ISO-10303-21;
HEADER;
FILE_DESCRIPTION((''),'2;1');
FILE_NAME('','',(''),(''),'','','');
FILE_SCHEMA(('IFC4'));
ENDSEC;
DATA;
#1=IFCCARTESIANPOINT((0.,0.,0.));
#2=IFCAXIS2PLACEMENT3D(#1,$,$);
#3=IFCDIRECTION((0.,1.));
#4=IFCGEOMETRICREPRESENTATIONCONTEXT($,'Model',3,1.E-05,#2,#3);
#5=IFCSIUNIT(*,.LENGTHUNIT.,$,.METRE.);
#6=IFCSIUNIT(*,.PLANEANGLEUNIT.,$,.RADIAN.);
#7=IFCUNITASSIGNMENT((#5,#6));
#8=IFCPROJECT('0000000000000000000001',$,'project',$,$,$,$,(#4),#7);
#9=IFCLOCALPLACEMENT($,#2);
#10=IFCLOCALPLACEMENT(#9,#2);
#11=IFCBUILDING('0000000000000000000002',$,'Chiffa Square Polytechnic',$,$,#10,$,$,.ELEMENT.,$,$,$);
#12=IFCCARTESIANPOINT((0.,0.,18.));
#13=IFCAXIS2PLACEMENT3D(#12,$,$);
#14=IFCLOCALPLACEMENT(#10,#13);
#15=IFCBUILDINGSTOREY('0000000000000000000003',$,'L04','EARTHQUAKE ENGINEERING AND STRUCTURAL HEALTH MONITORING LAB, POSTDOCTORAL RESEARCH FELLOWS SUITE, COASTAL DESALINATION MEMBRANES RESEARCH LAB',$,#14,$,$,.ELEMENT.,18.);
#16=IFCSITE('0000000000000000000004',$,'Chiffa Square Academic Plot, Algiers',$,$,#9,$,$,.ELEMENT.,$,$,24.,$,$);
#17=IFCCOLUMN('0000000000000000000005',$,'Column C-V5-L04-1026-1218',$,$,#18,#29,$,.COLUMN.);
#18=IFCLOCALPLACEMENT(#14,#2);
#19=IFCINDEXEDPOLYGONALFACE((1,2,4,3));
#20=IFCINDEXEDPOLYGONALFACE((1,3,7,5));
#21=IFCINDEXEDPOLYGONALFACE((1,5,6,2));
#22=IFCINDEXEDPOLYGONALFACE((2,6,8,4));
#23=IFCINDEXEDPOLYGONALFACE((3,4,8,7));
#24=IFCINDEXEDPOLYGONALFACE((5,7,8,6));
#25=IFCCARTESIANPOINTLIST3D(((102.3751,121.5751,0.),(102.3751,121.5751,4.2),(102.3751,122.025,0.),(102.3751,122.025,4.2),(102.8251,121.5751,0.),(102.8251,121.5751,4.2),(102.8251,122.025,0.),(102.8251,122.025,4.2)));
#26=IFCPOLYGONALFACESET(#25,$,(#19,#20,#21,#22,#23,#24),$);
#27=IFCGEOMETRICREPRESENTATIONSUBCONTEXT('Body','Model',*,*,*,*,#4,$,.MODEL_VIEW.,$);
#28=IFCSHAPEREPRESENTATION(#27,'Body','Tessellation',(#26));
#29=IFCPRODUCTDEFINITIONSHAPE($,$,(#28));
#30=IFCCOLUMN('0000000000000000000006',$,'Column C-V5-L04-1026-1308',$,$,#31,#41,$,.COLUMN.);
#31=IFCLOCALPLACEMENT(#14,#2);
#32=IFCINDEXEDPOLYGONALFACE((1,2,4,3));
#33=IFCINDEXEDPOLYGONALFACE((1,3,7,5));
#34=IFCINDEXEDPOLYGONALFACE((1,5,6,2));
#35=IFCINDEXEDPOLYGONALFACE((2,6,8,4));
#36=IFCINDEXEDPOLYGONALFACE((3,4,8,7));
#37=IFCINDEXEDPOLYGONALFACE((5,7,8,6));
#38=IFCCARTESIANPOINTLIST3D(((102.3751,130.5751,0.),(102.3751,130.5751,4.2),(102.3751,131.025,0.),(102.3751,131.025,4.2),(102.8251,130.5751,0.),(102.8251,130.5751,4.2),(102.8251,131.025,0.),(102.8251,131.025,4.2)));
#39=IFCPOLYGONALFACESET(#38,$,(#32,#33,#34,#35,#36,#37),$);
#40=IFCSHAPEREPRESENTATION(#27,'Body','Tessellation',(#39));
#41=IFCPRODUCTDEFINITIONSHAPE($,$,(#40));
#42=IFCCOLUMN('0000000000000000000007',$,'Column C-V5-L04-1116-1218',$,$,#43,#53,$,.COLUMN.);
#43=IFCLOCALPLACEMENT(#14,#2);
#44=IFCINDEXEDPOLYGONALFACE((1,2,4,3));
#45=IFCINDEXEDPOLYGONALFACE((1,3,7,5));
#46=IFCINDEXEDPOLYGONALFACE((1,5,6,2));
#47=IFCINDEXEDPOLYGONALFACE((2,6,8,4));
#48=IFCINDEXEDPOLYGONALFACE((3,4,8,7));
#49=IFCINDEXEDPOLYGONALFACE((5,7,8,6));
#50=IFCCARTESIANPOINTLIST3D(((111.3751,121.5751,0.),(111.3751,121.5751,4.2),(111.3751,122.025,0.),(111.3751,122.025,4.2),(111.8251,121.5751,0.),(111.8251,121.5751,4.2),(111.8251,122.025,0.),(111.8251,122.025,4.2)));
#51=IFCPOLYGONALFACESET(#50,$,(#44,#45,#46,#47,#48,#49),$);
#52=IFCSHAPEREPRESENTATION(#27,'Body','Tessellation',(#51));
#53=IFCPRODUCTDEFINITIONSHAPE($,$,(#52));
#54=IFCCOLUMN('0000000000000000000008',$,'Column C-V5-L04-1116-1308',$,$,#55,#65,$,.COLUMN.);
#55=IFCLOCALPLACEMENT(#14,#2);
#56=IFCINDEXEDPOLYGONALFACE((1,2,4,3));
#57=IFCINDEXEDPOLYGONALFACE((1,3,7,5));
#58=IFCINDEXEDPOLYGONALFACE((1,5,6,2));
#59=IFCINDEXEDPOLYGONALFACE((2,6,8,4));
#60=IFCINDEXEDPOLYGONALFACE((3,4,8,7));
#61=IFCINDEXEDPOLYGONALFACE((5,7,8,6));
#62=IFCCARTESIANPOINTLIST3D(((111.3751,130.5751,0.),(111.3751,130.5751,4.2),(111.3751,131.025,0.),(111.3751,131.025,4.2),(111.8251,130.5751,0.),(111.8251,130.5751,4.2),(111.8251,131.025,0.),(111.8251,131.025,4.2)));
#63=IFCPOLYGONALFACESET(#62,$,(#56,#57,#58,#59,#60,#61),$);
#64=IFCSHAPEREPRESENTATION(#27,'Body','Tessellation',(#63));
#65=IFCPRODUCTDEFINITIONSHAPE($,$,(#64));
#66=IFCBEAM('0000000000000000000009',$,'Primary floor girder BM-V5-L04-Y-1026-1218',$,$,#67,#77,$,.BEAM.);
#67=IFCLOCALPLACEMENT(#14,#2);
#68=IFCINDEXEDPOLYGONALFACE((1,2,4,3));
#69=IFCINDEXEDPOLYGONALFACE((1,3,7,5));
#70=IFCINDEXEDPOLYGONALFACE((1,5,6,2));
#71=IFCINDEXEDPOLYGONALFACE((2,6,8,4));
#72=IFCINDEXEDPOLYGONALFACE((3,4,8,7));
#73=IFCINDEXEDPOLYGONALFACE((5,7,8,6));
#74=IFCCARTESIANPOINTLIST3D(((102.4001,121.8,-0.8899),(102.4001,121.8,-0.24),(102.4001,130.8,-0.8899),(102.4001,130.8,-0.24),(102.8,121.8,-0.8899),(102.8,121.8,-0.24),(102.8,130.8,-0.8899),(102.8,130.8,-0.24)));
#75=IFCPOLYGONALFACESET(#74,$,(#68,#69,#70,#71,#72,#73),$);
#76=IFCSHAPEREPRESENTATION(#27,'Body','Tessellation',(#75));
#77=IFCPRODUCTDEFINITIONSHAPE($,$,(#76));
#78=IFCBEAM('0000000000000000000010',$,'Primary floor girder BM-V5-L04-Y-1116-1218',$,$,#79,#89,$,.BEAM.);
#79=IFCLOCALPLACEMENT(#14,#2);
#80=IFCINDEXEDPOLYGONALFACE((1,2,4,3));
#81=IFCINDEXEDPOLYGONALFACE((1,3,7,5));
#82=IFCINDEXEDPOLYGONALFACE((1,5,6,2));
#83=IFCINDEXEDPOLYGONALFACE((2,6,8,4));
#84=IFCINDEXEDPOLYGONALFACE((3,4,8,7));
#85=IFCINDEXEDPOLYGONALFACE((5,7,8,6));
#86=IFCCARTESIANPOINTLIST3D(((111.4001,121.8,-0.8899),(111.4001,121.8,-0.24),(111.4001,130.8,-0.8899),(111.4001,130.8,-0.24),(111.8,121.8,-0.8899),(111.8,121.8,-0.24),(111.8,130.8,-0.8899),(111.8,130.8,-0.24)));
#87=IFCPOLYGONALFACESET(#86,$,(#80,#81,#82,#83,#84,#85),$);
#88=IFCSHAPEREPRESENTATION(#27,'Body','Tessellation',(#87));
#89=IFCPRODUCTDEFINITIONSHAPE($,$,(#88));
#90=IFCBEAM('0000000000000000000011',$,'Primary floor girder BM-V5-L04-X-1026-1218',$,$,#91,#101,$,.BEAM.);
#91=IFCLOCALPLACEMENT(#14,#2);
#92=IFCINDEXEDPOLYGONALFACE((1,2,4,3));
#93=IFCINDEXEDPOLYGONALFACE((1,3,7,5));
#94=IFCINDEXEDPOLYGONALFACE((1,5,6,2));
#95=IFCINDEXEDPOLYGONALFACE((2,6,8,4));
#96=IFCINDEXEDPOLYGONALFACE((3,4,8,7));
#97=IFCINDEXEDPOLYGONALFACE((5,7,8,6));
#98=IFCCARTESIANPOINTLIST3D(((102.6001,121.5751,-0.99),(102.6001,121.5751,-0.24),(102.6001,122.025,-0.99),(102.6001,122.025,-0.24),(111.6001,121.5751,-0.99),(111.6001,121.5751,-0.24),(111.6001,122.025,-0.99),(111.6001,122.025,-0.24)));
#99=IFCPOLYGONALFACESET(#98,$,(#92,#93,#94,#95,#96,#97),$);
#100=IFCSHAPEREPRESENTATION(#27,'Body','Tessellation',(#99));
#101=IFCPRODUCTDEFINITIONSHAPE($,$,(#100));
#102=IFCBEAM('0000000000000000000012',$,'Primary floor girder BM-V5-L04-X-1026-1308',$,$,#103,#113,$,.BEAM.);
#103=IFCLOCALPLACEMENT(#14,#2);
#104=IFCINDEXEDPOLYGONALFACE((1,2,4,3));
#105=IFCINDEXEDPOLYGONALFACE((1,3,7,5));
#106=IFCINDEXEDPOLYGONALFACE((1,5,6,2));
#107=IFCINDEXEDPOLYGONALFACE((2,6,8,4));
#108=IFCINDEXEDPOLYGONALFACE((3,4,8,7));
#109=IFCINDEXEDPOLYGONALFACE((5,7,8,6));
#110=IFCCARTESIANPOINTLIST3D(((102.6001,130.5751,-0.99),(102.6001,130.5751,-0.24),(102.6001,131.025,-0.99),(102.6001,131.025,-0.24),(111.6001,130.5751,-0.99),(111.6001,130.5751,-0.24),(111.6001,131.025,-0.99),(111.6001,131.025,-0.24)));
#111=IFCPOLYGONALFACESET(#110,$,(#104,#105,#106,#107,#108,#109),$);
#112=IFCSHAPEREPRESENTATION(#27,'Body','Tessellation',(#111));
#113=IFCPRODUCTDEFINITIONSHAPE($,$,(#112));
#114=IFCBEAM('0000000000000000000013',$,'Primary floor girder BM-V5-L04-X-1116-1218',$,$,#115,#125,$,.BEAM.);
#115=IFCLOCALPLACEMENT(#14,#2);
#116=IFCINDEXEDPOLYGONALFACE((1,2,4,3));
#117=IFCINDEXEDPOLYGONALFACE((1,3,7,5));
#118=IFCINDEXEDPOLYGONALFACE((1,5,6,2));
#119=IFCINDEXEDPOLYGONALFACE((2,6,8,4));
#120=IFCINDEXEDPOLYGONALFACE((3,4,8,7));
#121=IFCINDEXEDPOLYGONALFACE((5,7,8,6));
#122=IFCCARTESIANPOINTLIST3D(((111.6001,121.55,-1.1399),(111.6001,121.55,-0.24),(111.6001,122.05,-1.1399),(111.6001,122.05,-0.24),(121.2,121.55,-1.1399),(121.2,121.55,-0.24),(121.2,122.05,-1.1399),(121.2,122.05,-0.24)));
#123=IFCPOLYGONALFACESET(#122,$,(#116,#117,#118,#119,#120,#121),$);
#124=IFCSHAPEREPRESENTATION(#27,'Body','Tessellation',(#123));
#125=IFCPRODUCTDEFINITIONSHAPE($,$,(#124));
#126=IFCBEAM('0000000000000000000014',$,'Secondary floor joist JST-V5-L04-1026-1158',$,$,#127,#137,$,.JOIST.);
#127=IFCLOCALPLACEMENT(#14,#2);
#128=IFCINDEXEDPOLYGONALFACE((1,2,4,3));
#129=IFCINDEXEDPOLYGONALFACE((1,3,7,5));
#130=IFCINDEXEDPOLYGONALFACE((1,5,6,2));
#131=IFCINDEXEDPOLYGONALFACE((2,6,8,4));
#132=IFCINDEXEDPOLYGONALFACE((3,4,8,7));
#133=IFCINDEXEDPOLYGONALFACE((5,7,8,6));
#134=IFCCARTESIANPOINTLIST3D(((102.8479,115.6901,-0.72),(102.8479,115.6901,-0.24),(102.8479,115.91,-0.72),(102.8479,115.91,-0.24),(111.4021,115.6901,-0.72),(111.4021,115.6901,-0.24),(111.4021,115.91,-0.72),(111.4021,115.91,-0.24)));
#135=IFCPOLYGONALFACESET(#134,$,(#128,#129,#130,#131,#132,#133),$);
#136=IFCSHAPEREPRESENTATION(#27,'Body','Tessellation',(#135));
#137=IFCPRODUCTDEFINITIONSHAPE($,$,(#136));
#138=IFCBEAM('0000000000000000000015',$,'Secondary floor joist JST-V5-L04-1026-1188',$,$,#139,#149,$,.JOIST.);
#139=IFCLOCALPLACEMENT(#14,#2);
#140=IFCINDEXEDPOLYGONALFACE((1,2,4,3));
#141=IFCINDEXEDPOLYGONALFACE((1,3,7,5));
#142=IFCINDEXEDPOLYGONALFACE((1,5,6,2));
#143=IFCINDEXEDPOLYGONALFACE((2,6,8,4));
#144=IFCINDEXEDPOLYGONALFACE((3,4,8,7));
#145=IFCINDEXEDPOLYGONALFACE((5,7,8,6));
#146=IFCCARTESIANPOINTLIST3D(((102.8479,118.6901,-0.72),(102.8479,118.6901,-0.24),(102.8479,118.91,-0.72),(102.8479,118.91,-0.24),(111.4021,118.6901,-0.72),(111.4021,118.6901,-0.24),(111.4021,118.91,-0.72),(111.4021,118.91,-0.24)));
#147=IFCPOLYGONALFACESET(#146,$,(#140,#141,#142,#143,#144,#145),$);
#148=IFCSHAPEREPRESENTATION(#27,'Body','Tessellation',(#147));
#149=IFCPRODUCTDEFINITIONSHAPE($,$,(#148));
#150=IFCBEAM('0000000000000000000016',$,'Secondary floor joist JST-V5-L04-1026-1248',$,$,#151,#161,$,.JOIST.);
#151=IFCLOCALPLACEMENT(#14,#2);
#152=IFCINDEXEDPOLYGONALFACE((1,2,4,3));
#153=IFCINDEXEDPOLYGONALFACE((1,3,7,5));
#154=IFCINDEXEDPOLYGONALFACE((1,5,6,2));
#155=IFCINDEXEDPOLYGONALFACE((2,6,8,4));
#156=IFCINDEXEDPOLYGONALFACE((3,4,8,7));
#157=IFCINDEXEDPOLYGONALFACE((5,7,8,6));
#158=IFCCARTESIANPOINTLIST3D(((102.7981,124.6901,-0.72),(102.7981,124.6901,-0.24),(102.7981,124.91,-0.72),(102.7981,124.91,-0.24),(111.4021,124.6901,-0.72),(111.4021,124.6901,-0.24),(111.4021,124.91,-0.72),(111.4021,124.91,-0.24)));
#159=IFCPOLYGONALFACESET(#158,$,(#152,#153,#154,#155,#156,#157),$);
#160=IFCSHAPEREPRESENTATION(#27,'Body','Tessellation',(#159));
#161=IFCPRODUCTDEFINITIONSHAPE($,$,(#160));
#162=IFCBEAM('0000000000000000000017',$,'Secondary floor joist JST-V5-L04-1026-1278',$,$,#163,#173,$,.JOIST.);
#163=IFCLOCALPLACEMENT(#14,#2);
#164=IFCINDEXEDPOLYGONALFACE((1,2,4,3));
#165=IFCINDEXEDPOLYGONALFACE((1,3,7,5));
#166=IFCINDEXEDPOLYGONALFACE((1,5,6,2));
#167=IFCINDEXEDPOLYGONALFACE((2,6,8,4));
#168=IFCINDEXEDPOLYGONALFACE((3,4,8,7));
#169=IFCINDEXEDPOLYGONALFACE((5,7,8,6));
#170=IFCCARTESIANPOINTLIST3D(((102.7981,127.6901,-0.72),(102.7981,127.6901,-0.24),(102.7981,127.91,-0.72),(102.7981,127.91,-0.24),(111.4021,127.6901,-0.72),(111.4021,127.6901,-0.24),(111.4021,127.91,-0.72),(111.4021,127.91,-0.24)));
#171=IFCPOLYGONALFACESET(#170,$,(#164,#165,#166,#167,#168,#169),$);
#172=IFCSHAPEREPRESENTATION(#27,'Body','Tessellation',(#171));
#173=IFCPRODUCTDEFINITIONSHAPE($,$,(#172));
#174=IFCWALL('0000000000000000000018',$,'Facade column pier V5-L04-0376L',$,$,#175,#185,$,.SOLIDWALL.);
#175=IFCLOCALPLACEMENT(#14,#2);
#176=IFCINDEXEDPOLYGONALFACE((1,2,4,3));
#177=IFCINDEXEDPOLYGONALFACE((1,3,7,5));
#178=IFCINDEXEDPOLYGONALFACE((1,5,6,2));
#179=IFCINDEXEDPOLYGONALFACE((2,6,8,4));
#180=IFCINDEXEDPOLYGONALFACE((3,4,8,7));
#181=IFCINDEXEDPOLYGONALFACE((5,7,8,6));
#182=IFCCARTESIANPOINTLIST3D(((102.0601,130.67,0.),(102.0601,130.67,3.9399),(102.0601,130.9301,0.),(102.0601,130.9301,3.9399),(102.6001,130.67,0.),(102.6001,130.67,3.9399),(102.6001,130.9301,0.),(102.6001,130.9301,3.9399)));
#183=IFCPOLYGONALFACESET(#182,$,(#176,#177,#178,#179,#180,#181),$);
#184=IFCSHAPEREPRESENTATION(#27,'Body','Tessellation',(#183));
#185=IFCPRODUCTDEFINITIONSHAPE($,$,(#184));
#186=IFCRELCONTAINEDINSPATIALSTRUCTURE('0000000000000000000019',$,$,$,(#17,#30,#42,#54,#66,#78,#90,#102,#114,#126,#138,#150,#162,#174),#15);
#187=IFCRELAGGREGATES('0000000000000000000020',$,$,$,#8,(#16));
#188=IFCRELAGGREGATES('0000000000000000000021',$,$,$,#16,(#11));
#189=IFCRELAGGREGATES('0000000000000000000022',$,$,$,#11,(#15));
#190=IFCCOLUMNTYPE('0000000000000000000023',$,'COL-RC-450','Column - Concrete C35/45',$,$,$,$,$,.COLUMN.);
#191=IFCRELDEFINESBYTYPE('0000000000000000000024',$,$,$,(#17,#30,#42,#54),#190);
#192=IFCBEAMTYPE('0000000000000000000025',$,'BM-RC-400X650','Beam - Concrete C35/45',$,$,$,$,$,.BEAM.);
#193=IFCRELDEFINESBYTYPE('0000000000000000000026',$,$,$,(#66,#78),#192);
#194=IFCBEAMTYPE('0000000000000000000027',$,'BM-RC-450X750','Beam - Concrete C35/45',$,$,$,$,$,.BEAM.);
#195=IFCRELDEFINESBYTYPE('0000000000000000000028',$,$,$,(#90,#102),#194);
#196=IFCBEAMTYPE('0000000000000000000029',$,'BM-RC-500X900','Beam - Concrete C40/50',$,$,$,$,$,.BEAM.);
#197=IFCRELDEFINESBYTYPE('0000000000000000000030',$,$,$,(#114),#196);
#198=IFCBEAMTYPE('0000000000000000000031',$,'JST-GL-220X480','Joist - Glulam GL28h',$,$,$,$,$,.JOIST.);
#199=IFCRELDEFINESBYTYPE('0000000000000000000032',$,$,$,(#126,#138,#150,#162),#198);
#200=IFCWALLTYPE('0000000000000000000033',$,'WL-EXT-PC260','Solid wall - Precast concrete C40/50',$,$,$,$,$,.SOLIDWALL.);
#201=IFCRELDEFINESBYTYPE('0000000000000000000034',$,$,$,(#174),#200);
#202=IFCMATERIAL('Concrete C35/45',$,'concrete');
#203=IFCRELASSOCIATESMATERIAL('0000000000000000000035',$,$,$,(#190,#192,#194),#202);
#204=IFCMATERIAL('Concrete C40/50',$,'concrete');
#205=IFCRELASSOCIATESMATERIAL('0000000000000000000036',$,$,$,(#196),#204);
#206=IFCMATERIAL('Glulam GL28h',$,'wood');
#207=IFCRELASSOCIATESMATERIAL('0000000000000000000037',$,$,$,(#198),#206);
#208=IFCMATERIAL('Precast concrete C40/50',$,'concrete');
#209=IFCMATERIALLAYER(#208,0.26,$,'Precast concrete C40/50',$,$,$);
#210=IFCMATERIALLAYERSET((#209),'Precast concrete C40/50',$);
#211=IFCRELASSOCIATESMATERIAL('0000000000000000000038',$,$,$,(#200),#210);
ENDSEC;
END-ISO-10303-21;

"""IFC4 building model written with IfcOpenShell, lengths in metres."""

from ifc_helpers import new_model, si_unit, direction, frame, frame_2d, origin, origin_2d, place, context, subcontext, project, spatial, rectangle, extrude, material, layer, layer_set, material_profile, profile_set, type_object, element, save


model = new_model("IFC4")

# Units and contexts
model_context = context("Model", 3, precision=1e-05, world=origin(), true_north=direction((0.0, 1.0)))
body_context = subcontext(model_context, "Body", "Model", "MODEL_VIEW")
ifc_project = project(units=[si_unit("LENGTHUNIT", "METRE"), si_unit("PLANEANGLEUNIT", "RADIAN")], contexts=[model_context])

# Site, building, storey
site_placement = place(None, origin())
site = spatial("IfcSite", under=ifc_project, at=site_placement, Name="Chiffa Square Academic Plot, Algiers", CompositionType="ELEMENT", RefElevation=24.0)
building_placement = place(site_placement, origin())
building = spatial("IfcBuilding", under=site, at=building_placement, Name="Chiffa Square Polytechnic", CompositionType="ELEMENT")
storey_placement = place(building_placement, frame((0.0, 0.0, 18.0)))
storey = spatial("IfcBuildingStorey", under=building, at=storey_placement, Name="L04", Description="EARTHQUAKE ENGINEERING AND STRUCTURAL HEALTH MONITORING LAB, POSTDOCTORAL RESEARCH FELLOWS SUITE, COASTAL DESALINATION MEMBRANES RESEARCH LAB", CompositionType="ELEMENT", Elevation=18.0)

# Columns
ifc_material_1 = material(Name="Concrete C35/45", Category="concrete")
ifc_material_profile_1 = material_profile(ifc_material_1, rectangle(XDim=0.45, YDim=0.45, at=origin_2d()), Name="RC 450x450")
ifc_profile_set_1 = profile_set([ifc_material_profile_1], Name="Concrete C35/45")
column_type = type_object("IfcColumnType", Name="COL-RC-450", Description="Column - Concrete C35/45", PredefinedType="COLUMN", material=ifc_profile_set_1)
for number, where, z_axis, x_axis, name in (
    (1, (102.6001, 121.8, 0.0), (0.0, 0.0, 1.0), (1.0, 0.0, 0.0), "Column C-V5-L04-1026-1218"),
    (2, (102.6001, 130.8, 0.0), (0.0, 0.0, 1.0), (1.0, 0.0, 0.0), "Column C-V5-L04-1026-1308"),
    (3, (111.6001, 121.8, 0.0), (0.0, 0.0, 1.0), (1.0, 0.0, 0.0), "Column C-V5-L04-1116-1218"),
    (4, (111.6001, 130.8, 0.0), (0.0, 0.0, 1.0), (1.0, 0.0, 0.0), "Column C-V5-L04-1116-1308"),
):
    element("IfcColumn", number, at=place(storey_placement, frame(where, z_axis=z_axis, x_axis=x_axis)), inside=storey, type_object=column_type, Name=name, PredefinedType="COLUMN", context=body_context, shape_type="SweptSolid", body=[
        extrude(rectangle(XDim=0.45, YDim=0.45, at=origin_2d()), origin(), (0.0, 0.0, 1.0), 4.2),
    ])

# Beams
ifc_material_profile_2 = material_profile(ifc_material_1, rectangle(XDim=0.3999, YDim=0.6499, at=origin_2d()), Name="RC 400x650")
ifc_profile_set_2 = profile_set([ifc_material_profile_2], Name="Concrete C35/45")
beam_type_1 = type_object("IfcBeamType", Name="BM-RC-400X650", Description="Beam - Concrete C35/45", PredefinedType="BEAM", material=ifc_profile_set_2)
for number, where, z_axis, x_axis, name in (
    (5, (102.6001, 121.8, -0.5649), (0.0, 1.0, 0.0), (-1.0, 0.0, 0.0), "Primary floor girder BM-V5-L04-Y-1026-1218"),
    (6, (111.6001, 121.8, -0.5649), (0.0, 1.0, 0.0), (-1.0, 0.0, 0.0), "Primary floor girder BM-V5-L04-Y-1116-1218"),
):
    element("IfcBeam", number, at=place(storey_placement, frame(where, z_axis=z_axis, x_axis=x_axis)), inside=storey, type_object=beam_type_1, Name=name, PredefinedType="BEAM", context=body_context, shape_type="SweptSolid", body=[
        extrude(rectangle(XDim=0.3999, YDim=0.6499, at=origin_2d()), origin(), (0.0, 0.0, 1.0), 9.0),
    ])
ifc_material_profile_3 = material_profile(ifc_material_1, rectangle(XDim=0.45, YDim=0.75, at=origin_2d()), Name="RC 450x750")
ifc_profile_set_3 = profile_set([ifc_material_profile_3], Name="Concrete C35/45")
beam_type_2 = type_object("IfcBeamType", Name="BM-RC-450X750", Description="Beam - Concrete C35/45", PredefinedType="BEAM", material=ifc_profile_set_3)
for number, where, z_axis, x_axis, name in (
    (7, (102.6001, 121.8, -0.615), (1.0, 0.0, 0.0), (0.0, 1.0, 0.0), "Primary floor girder BM-V5-L04-X-1026-1218"),
    (8, (102.6001, 130.8, -0.615), (1.0, 0.0, 0.0), (0.0, 1.0, 0.0), "Primary floor girder BM-V5-L04-X-1026-1308"),
):
    element("IfcBeam", number, at=place(storey_placement, frame(where, z_axis=z_axis, x_axis=x_axis)), inside=storey, type_object=beam_type_2, Name=name, PredefinedType="BEAM", context=body_context, shape_type="SweptSolid", body=[
        extrude(rectangle(XDim=0.45, YDim=0.75, at=origin_2d()), origin(), (0.0, 0.0, 1.0), 9.0),
    ])
ifc_material_2 = material(Name="Concrete C40/50", Category="concrete")
ifc_material_profile_4 = material_profile(ifc_material_2, rectangle(XDim=0.5, YDim=0.8999, at=origin_2d()), Name="RC 500x900")
ifc_profile_set_4 = profile_set([ifc_material_profile_4], Name="Concrete C40/50")
beam_type_3 = type_object("IfcBeamType", Name="BM-RC-500X900", Description="Beam - Concrete C40/50", PredefinedType="BEAM", material=ifc_profile_set_4)
beam_placement = place(storey_placement, frame((111.6001, 121.8, -0.6899), z_axis=(1.0, 0.0, 0.0), x_axis=(0.0, 1.0, 0.0)))
element("IfcBeam", 9, at=beam_placement, inside=storey, type_object=beam_type_3, Name="Primary floor girder BM-V5-L04-X-1116-1218", PredefinedType="BEAM", context=body_context, shape_type="SweptSolid", body=[
    extrude(rectangle(XDim=0.5, YDim=0.8999, at=origin_2d()), origin(), (0.0, 0.0, 1.0), 9.5999),
])
ifc_material_3 = material(Name="Glulam GL28h", Category="wood")
ifc_material_profile_5 = material_profile(ifc_material_3, rectangle(XDim=0.22, YDim=0.48, at=origin_2d()), Name="GL28h 220x480")
ifc_profile_set_5 = profile_set([ifc_material_profile_5], Name="Glulam GL28h")
beam_type_4 = type_object("IfcBeamType", Name="JST-GL-220X480", Description="Joist - Glulam GL28h", PredefinedType="JOIST", material=ifc_profile_set_5)
for number, where, z_axis, x_axis, name in (
    (10, (102.8479, 115.8, -0.48), (1.0, 0.0, 0.0), (0.0, 1.0, 0.0), "Secondary floor joist JST-V5-L04-1026-1158"),
    (11, (102.8479, 118.8, -0.48), (1.0, 0.0, 0.0), (0.0, 1.0, 0.0), "Secondary floor joist JST-V5-L04-1026-1188"),
):
    element("IfcBeam", number, at=place(storey_placement, frame(where, z_axis=z_axis, x_axis=x_axis)), inside=storey, type_object=beam_type_4, Name=name, PredefinedType="JOIST", context=body_context, shape_type="SweptSolid", body=[
        extrude(rectangle(XDim=0.22, YDim=0.48, at=origin_2d()), origin(), (0.0, 0.0, 1.0), 8.5542),
    ])
for number, where, z_axis, x_axis, name in (
    (12, (102.7981, 124.8, -0.48), (1.0, 0.0, 0.0), (0.0, 1.0, 0.0), "Secondary floor joist JST-V5-L04-1026-1248"),
    (13, (102.7981, 127.8, -0.48), (1.0, 0.0, 0.0), (0.0, 1.0, 0.0), "Secondary floor joist JST-V5-L04-1026-1278"),
):
    element("IfcBeam", number, at=place(storey_placement, frame(where, z_axis=z_axis, x_axis=x_axis)), inside=storey, type_object=beam_type_4, Name=name, PredefinedType="JOIST", context=body_context, shape_type="SweptSolid", body=[
        extrude(rectangle(XDim=0.22, YDim=0.48, at=origin_2d()), origin(), (0.0, 0.0, 1.0), 8.604),
    ])

# Wall
ifc_material_4 = material(Name="Precast concrete C40/50", Category="concrete")
ifc_layer_1 = layer(ifc_material_4, 0.26, Name="Precast concrete C40/50")
ifc_layer_set_1 = layer_set([ifc_layer_1], Name="Precast concrete C40/50")
wall_type_1 = type_object("IfcWallType", Name="WL-EXT-PC260", Description="Solid wall - Precast concrete C40/50", PredefinedType="SOLIDWALL", material=ifc_layer_set_1)
wall_1_placement = place(storey_placement, frame((102.6001, 130.8, 0.0), z_axis=(0.0, 0.0, 1.0), x_axis=(-1.0, 0.0, 0.0)))
element("IfcWall", 14, at=wall_1_placement, inside=storey, type_object=wall_type_1, Name="Facade column pier V5-L04-0376L", PredefinedType="SOLIDWALL", context=body_context, shape_type="SweptSolid", body=[
    extrude(rectangle(XDim=0.54, YDim=0.26, at=frame_2d((0.27, 0.0))), origin(), (0.0, 0.0, 1.0), 3.9399),
])

save(model, "model.ifc")
